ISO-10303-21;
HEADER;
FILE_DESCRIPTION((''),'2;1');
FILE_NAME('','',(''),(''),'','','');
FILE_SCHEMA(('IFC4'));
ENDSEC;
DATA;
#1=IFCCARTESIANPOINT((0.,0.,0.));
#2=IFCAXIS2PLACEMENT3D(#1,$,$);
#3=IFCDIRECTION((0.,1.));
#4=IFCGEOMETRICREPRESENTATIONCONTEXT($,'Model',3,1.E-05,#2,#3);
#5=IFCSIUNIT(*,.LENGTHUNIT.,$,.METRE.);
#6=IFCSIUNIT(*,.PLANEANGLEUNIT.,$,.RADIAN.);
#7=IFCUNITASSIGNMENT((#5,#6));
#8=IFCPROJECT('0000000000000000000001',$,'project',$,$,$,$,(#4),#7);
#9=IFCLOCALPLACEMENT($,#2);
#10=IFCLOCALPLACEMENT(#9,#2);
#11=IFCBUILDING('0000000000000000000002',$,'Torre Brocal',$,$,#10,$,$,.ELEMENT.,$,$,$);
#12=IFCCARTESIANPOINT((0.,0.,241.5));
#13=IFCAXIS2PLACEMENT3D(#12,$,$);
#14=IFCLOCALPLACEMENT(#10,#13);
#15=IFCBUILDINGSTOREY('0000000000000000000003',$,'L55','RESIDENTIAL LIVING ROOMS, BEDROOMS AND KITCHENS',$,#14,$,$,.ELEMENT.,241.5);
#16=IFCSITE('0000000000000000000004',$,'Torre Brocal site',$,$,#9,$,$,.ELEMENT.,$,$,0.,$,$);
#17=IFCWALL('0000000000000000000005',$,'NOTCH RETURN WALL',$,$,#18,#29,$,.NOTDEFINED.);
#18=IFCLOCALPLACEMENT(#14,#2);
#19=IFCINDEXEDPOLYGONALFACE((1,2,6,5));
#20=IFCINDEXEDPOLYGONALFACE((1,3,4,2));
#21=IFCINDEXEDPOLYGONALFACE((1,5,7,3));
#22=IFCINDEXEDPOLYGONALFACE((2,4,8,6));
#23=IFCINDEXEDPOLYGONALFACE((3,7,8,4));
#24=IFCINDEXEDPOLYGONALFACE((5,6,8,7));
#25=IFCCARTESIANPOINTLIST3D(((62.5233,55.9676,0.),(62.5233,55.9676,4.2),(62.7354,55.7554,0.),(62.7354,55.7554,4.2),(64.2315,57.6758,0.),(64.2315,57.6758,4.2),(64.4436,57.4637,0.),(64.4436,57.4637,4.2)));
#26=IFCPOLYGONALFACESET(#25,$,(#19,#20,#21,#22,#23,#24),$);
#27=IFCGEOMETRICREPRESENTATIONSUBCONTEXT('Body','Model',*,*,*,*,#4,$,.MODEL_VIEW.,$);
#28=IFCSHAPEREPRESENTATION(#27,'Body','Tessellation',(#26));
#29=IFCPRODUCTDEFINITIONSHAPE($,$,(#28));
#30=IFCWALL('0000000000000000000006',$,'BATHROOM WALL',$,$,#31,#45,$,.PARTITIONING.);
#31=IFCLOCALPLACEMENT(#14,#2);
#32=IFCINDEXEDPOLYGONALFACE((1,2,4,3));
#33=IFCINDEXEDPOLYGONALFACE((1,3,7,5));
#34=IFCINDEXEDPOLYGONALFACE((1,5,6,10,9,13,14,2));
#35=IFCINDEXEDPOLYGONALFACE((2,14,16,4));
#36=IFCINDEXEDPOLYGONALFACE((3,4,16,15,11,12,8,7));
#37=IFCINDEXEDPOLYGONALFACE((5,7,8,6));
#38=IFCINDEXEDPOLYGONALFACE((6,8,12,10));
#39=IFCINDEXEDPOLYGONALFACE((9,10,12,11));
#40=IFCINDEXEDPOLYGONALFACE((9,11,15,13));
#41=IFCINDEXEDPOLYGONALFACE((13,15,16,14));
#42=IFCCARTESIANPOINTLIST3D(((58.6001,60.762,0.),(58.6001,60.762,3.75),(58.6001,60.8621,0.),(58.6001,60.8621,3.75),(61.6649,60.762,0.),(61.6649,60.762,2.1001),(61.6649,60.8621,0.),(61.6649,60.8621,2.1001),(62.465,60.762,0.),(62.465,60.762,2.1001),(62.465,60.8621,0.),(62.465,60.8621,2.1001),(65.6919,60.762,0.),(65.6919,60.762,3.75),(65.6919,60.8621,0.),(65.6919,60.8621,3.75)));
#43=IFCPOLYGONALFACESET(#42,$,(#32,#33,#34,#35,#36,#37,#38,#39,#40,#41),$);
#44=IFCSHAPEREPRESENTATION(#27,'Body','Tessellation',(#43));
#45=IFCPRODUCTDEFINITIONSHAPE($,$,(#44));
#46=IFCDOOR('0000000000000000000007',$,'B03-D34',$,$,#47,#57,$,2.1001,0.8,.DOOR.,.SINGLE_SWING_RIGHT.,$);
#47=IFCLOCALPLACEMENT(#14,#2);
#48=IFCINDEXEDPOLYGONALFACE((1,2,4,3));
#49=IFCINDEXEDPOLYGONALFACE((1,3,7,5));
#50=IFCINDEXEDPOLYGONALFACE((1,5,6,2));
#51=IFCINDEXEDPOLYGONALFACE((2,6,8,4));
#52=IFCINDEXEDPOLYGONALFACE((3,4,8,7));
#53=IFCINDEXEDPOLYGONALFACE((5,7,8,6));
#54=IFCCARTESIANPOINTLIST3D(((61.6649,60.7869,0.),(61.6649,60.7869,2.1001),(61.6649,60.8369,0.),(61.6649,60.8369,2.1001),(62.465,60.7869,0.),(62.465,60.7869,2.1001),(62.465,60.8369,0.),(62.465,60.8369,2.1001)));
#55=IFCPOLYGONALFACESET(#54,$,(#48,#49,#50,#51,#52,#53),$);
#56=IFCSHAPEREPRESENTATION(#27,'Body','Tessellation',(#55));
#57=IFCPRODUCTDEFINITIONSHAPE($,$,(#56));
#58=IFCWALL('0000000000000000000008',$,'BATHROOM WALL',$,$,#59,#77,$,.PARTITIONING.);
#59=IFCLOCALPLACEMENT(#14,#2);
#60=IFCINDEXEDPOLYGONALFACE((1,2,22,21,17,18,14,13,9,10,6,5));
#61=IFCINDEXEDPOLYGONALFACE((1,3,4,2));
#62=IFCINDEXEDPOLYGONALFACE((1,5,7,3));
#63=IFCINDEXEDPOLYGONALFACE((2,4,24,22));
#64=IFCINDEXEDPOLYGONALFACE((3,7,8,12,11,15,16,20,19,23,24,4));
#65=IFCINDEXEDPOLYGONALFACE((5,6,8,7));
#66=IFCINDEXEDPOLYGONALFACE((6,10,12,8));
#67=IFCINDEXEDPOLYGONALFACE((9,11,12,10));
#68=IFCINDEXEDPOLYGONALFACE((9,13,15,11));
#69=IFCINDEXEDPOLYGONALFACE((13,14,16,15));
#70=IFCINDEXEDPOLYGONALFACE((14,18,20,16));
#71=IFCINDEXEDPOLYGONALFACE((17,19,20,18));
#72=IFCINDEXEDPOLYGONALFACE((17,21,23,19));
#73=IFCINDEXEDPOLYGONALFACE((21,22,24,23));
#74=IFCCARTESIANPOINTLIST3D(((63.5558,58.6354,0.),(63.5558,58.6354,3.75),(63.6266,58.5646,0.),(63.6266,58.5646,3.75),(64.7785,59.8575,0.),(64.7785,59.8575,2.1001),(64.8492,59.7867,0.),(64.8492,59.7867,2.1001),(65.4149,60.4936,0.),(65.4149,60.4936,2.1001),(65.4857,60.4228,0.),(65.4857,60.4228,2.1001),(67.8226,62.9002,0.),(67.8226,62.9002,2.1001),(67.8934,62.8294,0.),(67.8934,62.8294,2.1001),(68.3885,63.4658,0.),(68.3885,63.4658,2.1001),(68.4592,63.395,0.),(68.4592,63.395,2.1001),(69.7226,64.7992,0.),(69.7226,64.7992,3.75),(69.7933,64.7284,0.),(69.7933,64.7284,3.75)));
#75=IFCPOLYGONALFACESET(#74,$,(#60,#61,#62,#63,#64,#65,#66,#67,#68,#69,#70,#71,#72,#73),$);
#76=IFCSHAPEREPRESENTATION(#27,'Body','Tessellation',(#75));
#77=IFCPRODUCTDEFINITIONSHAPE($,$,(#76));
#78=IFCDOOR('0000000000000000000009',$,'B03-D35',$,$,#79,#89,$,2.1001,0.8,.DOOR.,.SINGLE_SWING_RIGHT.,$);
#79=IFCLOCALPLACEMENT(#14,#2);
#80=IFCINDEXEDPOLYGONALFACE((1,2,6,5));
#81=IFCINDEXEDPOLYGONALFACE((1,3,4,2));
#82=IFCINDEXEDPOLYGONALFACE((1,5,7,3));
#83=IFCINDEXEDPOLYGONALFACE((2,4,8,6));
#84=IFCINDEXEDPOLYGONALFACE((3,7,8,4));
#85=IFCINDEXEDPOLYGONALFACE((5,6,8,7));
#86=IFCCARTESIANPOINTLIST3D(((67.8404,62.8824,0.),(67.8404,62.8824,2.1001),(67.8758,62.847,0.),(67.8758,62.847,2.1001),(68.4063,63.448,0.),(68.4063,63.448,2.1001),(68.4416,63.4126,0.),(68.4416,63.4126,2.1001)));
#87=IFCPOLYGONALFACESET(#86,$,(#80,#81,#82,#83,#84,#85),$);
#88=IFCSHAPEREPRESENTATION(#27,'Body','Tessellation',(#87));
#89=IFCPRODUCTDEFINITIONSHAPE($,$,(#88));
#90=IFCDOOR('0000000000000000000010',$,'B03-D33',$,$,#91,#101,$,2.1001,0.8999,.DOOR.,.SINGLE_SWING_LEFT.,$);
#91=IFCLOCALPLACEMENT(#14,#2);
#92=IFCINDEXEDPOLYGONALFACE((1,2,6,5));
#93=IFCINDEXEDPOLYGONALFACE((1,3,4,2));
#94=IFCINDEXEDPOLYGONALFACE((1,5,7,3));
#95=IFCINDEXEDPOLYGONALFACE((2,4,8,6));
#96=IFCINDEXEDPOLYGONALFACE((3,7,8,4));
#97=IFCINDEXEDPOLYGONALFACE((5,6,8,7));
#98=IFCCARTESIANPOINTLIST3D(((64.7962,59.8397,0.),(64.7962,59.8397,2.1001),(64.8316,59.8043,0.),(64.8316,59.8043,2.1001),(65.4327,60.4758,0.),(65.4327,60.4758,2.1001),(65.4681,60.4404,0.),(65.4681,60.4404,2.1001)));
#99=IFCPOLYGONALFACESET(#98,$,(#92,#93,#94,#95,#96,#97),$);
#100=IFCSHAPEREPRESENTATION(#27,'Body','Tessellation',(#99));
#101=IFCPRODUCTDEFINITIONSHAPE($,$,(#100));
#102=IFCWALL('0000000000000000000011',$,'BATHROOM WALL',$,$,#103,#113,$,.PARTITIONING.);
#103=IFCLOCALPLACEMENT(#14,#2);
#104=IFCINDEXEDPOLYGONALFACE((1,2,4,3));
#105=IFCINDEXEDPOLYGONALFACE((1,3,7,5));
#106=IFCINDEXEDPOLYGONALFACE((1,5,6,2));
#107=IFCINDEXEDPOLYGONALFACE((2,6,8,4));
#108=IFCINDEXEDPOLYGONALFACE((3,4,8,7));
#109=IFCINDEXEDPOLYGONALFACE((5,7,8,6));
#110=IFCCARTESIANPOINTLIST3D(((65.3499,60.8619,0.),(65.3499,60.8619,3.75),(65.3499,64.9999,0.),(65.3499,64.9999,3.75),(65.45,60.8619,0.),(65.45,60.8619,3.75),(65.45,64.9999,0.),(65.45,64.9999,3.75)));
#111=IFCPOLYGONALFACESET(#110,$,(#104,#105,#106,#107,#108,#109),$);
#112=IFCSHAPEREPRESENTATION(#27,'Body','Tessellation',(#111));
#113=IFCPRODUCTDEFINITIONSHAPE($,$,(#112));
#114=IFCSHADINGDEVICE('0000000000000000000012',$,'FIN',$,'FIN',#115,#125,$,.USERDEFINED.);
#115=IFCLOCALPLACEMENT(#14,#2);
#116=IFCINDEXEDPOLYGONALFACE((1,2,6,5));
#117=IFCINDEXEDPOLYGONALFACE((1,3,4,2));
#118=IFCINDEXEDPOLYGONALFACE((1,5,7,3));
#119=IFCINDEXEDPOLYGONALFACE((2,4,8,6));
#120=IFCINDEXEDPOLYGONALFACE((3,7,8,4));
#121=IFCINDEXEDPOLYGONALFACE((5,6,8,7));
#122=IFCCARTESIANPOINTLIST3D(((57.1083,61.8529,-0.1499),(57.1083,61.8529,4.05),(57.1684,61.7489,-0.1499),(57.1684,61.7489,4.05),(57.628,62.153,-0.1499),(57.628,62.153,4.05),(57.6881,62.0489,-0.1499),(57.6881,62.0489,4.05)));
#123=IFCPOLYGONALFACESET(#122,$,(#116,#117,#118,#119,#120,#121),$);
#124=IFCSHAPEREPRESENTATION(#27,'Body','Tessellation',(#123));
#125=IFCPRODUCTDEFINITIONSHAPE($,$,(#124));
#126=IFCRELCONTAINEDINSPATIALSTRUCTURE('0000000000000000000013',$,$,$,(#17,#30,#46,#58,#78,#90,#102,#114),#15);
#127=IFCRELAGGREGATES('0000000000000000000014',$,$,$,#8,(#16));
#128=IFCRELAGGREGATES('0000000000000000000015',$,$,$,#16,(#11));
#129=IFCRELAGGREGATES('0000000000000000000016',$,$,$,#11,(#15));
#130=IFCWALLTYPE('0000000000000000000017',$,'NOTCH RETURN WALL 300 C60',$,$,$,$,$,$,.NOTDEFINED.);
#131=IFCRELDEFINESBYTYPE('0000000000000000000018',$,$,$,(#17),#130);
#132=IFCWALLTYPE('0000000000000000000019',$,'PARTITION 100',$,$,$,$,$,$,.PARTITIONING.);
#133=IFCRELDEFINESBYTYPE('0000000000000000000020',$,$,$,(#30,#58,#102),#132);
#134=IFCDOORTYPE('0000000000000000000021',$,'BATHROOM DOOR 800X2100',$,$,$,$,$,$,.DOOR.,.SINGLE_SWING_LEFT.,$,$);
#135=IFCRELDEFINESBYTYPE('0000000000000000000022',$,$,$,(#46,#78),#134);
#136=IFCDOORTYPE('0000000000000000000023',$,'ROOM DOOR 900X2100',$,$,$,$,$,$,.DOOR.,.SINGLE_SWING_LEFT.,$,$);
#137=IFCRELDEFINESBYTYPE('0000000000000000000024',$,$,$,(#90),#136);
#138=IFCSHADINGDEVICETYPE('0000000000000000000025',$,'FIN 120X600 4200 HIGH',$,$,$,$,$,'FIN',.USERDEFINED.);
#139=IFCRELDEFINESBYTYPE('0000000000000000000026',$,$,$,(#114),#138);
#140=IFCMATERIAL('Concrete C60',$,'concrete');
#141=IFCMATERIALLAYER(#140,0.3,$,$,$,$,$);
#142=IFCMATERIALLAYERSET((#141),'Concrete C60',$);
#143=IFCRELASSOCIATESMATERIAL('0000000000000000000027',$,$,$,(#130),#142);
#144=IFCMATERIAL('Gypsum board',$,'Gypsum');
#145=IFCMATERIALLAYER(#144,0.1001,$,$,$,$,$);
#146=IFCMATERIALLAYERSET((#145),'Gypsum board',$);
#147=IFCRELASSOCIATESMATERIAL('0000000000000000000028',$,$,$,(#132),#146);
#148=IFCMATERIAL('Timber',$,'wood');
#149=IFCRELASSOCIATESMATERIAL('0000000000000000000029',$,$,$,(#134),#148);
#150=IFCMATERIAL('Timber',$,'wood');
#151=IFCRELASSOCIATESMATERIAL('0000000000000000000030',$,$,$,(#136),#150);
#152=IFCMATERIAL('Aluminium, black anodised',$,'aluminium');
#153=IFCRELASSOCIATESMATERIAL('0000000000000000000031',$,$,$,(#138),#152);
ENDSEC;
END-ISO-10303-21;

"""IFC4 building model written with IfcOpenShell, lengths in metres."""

from ifc_helpers import new_model, si_unit, direction, frame, frame_2d, origin, origin_2d, place, context, subcontext, project, spatial, rectangle, extrude, material, layer, layer_set, material_profile, profile_set, type_object, element, fill, save


model = new_model("IFC4")

# Units and contexts
model_context = context("Model", 3, precision=1e-05, world=origin(), true_north=direction((0.0, 1.0)))
body_context = subcontext(model_context, "Body", "Model", "MODEL_VIEW")
ifc_project = project(units=[si_unit("LENGTHUNIT", "METRE"), si_unit("PLANEANGLEUNIT", "RADIAN")], contexts=[model_context])

# Site, building, storey
site_placement = place(None, origin())
site = spatial("IfcSite", under=ifc_project, at=site_placement, Name="Torre Brocal site", CompositionType="ELEMENT", RefElevation=0.0)
building_placement = place(site_placement, origin())
building = spatial("IfcBuilding", under=site, at=building_placement, Name="Torre Brocal", CompositionType="ELEMENT")
storey_placement = place(building_placement, frame((0.0, 0.0, 241.5)))
storey = spatial("IfcBuildingStorey", under=building, at=storey_placement, Name="L55", Description="RESIDENTIAL LIVING ROOMS, BEDROOMS AND KITCHENS", CompositionType="ELEMENT", Elevation=241.5)

# Wall
ifc_material_1 = material(Name="Concrete C60", Category="concrete")
ifc_layer_1 = layer(ifc_material_1, 0.3)
ifc_layer_set_1 = layer_set([ifc_layer_1], Name="Concrete C60")
wall_type_1 = type_object("IfcWallType", Name="NOTCH RETURN WALL 300 C60", PredefinedType="NOTDEFINED", material=ifc_layer_set_1)
for number, where, z_axis, x_axis, name in (
    (1, (64.3376, 57.5698, 0.0), (0.0, 0.0, 1.0), (-0.707107, -0.707107, 0.0), "NOTCH RETURN WALL"),
):
    element("IfcWall", number, at=place(storey_placement, frame(where, z_axis=z_axis, x_axis=x_axis)), inside=storey, type_object=wall_type_1, Name=name, PredefinedType="NOTDEFINED", context=body_context, shape_type="SweptSolid", body=[
        extrude(rectangle(XDim=2.4158, YDim=0.3, at=frame_2d((1.208, 0.0))), origin(), (0.0, 0.0, 1.0), 4.2),
    ])

# Wall, opening, door
ifc_material_2 = material(Name="Gypsum board", Category="Gypsum")
ifc_layer_2 = layer(ifc_material_2, 0.1001)
ifc_layer_set_2 = layer_set([ifc_layer_2], Name="Gypsum board")
wall_type_2 = type_object("IfcWallType", Name="PARTITION 100", PredefinedType="PARTITIONING", material=ifc_layer_set_2)
wall_1_placement = place(storey_placement, frame((58.6001, 60.812, 0.0), z_axis=(0.0, 0.0, 1.0), x_axis=(1.0, 0.0, 0.0)))
wall_1 = element("IfcWall", 2, at=wall_1_placement, inside=storey, type_object=wall_type_2, Name="BATHROOM WALL", PredefinedType="PARTITIONING", context=body_context, shape_type="SweptSolid", body=[
    extrude(rectangle(XDim=7.0918, YDim=0.1001, at=frame_2d((3.5459, 0.0))), origin(), (0.0, 0.0, 1.0), 3.75),
])
opening_1_placement = place(wall_1_placement, frame((3.0649, 0.0, 0.0)))
opening_1 = element("IfcOpeningElement", 3, at=opening_1_placement, cuts=wall_1, PredefinedType="OPENING", context=body_context, shape_type="SweptSolid", body=[
    extrude(rectangle(XDim=0.8, YDim=2.1001, at=frame_2d((0.3999, 1.05))), frame((0.0, 0.0601, 0.0), z_axis=(0.0, -1.0, 0.0), x_axis=(1.0, 0.0, 0.0)), (0.0, 0.0, 1.0), 0.1201),
])
ifc_material_3 = material(Name="Timber", Category="wood")
door_type_1 = type_object("IfcDoorType", Name="BATHROOM DOOR 800X2100", OperationType="SINGLE_SWING_LEFT", PredefinedType="DOOR", material=ifc_material_3)
door_1_placement = place(opening_1_placement, origin())
door_1 = element("IfcDoor", 4, at=door_1_placement, inside=storey, type_object=door_type_1, Name="B03-D34", OperationType="SINGLE_SWING_RIGHT", OverallHeight=2.1001, OverallWidth=0.8, PredefinedType="DOOR", context=body_context, shape_type="SweptSolid", body=[
    extrude(rectangle(XDim=0.8, YDim=2.1001, at=frame_2d((0.3999, 1.05))), frame((0.0, 0.0249, 0.0), z_axis=(0.0, -1.0, 0.0), x_axis=(1.0, 0.0, 0.0)), (0.0, 0.0, 1.0), 0.05),
])
fill(opening_1, door_1)

# Wall, openings, doors
wall_2_placement = place(storey_placement, frame((63.5913, 58.6001, 0.0), z_axis=(0.0, 0.0, 1.0), x_axis=(0.707275, 0.706939, 0.0)))
wall_2 = element("IfcWall", 5, at=wall_2_placement, inside=storey, type_object=wall_type_2, Name="BATHROOM WALL", PredefinedType="PARTITIONING", context=body_context, shape_type="SweptSolid", body=[
    extrude(rectangle(XDim=8.719, YDim=0.1001, at=frame_2d((4.3594, 0.0))), origin(), (0.0, 0.0, 1.0), 3.75),
])
opening_2_placement = place(wall_2_placement, frame((1.7285, 0.0, 0.0)))
opening_2 = element("IfcOpeningElement", 6, at=opening_2_placement, cuts=wall_2, PredefinedType="OPENING", context=body_context, shape_type="SweptSolid", body=[
    extrude(rectangle(XDim=0.8999, YDim=2.1001, at=frame_2d((0.45, 1.05))), frame((0.0, 0.0601, 0.0), z_axis=(0.0, -1.0, 0.0), x_axis=(1.0, 0.0, 0.0)), (0.0, 0.0, 1.0), 0.1201),
])
opening_3_placement = place(wall_2_placement, frame((6.0327, 0.0, 0.0)))
opening_3 = element("IfcOpeningElement", 7, at=opening_3_placement, cuts=wall_2, PredefinedType="OPENING", context=body_context, shape_type="SweptSolid", body=[
    extrude(rectangle(XDim=0.8, YDim=2.1001, at=frame_2d((0.3999, 1.05))), frame((0.0, 0.0601, 0.0), z_axis=(0.0, -1.0, 0.0), x_axis=(1.0, 0.0, 0.0)), (0.0, 0.0, 1.0), 0.1201),
])
door_2_placement = place(opening_3_placement, origin())
door_2 = element("IfcDoor", 8, at=door_2_placement, inside=storey, type_object=door_type_1, Name="B03-D35", OperationType="SINGLE_SWING_RIGHT", OverallHeight=2.1001, OverallWidth=0.8, PredefinedType="DOOR", context=body_context, shape_type="SweptSolid", body=[
    extrude(rectangle(XDim=0.8, YDim=2.1001, at=frame_2d((0.3999, 1.05))), frame((0.0, 0.0249, 0.0), z_axis=(0.0, -1.0, 0.0), x_axis=(1.0, 0.0, 0.0)), (0.0, 0.0, 1.0), 0.05),
])
fill(opening_3, door_2)
ifc_material_4 = material(Name="Timber", Category="wood")
door_type_2 = type_object("IfcDoorType", Name="ROOM DOOR 900X2100", OperationType="SINGLE_SWING_LEFT", PredefinedType="DOOR", material=ifc_material_4)
door_3_placement = place(opening_2_placement, origin())
door_3 = element("IfcDoor", 9, at=door_3_placement, inside=storey, type_object=door_type_2, Name="B03-D33", OperationType="SINGLE_SWING_LEFT", OverallHeight=2.1001, OverallWidth=0.8999, PredefinedType="DOOR", context=body_context, shape_type="SweptSolid", body=[
    extrude(rectangle(XDim=0.8999, YDim=2.1001, at=frame_2d((0.45, 1.05))), frame((0.0, 0.0249, 0.0), z_axis=(0.0, -1.0, 0.0), x_axis=(1.0, 0.0, 0.0)), (0.0, 0.0, 1.0), 0.05),
])
fill(opening_2, door_3)

# Wall
wall_3_placement = place(storey_placement, frame((65.3999, 60.8621, 0.0), z_axis=(0.0, 0.0, 1.0), x_axis=(0.0, 1.0, 0.0)))
element("IfcWall", 10, at=wall_3_placement, inside=storey, type_object=wall_type_2, Name="BATHROOM WALL", PredefinedType="PARTITIONING", context=body_context, shape_type="SweptSolid", body=[
    extrude(rectangle(XDim=4.1379, YDim=0.1001, at=frame_2d((2.0688, 0.0))), origin(), (0.0, 0.0, 1.0), 3.75),
])

# Shading device
ifc_material_5 = material(Name="Aluminium, black anodised", Category="aluminium")
ifc_material_profile_1 = material_profile(ifc_material_5, rectangle(XDim=0.1201, YDim=0.6001, at=origin_2d()), Name="FIN 120X600 4200 HIGH")
ifc_profile_set_1 = profile_set([ifc_material_profile_1], Name="Aluminium, black anodised")
shading_device_type = type_object("IfcShadingDeviceType", Name="FIN 120X600 4200 HIGH", ElementType="FIN", PredefinedType="USERDEFINED", material=ifc_profile_set_1)
shading_device_placement = place(storey_placement, frame((57.3982, 61.9509, -0.1499), z_axis=(0.0, 0.0, 1.0), x_axis=(0.5, -0.866025, 0.0)))
element("IfcShadingDevice", 11, at=shading_device_placement, inside=storey, type_object=shading_device_type, Name="FIN", ObjectType="FIN", PredefinedType="USERDEFINED", context=body_context, shape_type="SweptSolid", body=[
    extrude(rectangle(XDim=0.1201, YDim=0.6001, at=origin_2d()), origin(), (0.0, 0.0, 1.0), 4.2),
])

save(model, "model.ifc")
